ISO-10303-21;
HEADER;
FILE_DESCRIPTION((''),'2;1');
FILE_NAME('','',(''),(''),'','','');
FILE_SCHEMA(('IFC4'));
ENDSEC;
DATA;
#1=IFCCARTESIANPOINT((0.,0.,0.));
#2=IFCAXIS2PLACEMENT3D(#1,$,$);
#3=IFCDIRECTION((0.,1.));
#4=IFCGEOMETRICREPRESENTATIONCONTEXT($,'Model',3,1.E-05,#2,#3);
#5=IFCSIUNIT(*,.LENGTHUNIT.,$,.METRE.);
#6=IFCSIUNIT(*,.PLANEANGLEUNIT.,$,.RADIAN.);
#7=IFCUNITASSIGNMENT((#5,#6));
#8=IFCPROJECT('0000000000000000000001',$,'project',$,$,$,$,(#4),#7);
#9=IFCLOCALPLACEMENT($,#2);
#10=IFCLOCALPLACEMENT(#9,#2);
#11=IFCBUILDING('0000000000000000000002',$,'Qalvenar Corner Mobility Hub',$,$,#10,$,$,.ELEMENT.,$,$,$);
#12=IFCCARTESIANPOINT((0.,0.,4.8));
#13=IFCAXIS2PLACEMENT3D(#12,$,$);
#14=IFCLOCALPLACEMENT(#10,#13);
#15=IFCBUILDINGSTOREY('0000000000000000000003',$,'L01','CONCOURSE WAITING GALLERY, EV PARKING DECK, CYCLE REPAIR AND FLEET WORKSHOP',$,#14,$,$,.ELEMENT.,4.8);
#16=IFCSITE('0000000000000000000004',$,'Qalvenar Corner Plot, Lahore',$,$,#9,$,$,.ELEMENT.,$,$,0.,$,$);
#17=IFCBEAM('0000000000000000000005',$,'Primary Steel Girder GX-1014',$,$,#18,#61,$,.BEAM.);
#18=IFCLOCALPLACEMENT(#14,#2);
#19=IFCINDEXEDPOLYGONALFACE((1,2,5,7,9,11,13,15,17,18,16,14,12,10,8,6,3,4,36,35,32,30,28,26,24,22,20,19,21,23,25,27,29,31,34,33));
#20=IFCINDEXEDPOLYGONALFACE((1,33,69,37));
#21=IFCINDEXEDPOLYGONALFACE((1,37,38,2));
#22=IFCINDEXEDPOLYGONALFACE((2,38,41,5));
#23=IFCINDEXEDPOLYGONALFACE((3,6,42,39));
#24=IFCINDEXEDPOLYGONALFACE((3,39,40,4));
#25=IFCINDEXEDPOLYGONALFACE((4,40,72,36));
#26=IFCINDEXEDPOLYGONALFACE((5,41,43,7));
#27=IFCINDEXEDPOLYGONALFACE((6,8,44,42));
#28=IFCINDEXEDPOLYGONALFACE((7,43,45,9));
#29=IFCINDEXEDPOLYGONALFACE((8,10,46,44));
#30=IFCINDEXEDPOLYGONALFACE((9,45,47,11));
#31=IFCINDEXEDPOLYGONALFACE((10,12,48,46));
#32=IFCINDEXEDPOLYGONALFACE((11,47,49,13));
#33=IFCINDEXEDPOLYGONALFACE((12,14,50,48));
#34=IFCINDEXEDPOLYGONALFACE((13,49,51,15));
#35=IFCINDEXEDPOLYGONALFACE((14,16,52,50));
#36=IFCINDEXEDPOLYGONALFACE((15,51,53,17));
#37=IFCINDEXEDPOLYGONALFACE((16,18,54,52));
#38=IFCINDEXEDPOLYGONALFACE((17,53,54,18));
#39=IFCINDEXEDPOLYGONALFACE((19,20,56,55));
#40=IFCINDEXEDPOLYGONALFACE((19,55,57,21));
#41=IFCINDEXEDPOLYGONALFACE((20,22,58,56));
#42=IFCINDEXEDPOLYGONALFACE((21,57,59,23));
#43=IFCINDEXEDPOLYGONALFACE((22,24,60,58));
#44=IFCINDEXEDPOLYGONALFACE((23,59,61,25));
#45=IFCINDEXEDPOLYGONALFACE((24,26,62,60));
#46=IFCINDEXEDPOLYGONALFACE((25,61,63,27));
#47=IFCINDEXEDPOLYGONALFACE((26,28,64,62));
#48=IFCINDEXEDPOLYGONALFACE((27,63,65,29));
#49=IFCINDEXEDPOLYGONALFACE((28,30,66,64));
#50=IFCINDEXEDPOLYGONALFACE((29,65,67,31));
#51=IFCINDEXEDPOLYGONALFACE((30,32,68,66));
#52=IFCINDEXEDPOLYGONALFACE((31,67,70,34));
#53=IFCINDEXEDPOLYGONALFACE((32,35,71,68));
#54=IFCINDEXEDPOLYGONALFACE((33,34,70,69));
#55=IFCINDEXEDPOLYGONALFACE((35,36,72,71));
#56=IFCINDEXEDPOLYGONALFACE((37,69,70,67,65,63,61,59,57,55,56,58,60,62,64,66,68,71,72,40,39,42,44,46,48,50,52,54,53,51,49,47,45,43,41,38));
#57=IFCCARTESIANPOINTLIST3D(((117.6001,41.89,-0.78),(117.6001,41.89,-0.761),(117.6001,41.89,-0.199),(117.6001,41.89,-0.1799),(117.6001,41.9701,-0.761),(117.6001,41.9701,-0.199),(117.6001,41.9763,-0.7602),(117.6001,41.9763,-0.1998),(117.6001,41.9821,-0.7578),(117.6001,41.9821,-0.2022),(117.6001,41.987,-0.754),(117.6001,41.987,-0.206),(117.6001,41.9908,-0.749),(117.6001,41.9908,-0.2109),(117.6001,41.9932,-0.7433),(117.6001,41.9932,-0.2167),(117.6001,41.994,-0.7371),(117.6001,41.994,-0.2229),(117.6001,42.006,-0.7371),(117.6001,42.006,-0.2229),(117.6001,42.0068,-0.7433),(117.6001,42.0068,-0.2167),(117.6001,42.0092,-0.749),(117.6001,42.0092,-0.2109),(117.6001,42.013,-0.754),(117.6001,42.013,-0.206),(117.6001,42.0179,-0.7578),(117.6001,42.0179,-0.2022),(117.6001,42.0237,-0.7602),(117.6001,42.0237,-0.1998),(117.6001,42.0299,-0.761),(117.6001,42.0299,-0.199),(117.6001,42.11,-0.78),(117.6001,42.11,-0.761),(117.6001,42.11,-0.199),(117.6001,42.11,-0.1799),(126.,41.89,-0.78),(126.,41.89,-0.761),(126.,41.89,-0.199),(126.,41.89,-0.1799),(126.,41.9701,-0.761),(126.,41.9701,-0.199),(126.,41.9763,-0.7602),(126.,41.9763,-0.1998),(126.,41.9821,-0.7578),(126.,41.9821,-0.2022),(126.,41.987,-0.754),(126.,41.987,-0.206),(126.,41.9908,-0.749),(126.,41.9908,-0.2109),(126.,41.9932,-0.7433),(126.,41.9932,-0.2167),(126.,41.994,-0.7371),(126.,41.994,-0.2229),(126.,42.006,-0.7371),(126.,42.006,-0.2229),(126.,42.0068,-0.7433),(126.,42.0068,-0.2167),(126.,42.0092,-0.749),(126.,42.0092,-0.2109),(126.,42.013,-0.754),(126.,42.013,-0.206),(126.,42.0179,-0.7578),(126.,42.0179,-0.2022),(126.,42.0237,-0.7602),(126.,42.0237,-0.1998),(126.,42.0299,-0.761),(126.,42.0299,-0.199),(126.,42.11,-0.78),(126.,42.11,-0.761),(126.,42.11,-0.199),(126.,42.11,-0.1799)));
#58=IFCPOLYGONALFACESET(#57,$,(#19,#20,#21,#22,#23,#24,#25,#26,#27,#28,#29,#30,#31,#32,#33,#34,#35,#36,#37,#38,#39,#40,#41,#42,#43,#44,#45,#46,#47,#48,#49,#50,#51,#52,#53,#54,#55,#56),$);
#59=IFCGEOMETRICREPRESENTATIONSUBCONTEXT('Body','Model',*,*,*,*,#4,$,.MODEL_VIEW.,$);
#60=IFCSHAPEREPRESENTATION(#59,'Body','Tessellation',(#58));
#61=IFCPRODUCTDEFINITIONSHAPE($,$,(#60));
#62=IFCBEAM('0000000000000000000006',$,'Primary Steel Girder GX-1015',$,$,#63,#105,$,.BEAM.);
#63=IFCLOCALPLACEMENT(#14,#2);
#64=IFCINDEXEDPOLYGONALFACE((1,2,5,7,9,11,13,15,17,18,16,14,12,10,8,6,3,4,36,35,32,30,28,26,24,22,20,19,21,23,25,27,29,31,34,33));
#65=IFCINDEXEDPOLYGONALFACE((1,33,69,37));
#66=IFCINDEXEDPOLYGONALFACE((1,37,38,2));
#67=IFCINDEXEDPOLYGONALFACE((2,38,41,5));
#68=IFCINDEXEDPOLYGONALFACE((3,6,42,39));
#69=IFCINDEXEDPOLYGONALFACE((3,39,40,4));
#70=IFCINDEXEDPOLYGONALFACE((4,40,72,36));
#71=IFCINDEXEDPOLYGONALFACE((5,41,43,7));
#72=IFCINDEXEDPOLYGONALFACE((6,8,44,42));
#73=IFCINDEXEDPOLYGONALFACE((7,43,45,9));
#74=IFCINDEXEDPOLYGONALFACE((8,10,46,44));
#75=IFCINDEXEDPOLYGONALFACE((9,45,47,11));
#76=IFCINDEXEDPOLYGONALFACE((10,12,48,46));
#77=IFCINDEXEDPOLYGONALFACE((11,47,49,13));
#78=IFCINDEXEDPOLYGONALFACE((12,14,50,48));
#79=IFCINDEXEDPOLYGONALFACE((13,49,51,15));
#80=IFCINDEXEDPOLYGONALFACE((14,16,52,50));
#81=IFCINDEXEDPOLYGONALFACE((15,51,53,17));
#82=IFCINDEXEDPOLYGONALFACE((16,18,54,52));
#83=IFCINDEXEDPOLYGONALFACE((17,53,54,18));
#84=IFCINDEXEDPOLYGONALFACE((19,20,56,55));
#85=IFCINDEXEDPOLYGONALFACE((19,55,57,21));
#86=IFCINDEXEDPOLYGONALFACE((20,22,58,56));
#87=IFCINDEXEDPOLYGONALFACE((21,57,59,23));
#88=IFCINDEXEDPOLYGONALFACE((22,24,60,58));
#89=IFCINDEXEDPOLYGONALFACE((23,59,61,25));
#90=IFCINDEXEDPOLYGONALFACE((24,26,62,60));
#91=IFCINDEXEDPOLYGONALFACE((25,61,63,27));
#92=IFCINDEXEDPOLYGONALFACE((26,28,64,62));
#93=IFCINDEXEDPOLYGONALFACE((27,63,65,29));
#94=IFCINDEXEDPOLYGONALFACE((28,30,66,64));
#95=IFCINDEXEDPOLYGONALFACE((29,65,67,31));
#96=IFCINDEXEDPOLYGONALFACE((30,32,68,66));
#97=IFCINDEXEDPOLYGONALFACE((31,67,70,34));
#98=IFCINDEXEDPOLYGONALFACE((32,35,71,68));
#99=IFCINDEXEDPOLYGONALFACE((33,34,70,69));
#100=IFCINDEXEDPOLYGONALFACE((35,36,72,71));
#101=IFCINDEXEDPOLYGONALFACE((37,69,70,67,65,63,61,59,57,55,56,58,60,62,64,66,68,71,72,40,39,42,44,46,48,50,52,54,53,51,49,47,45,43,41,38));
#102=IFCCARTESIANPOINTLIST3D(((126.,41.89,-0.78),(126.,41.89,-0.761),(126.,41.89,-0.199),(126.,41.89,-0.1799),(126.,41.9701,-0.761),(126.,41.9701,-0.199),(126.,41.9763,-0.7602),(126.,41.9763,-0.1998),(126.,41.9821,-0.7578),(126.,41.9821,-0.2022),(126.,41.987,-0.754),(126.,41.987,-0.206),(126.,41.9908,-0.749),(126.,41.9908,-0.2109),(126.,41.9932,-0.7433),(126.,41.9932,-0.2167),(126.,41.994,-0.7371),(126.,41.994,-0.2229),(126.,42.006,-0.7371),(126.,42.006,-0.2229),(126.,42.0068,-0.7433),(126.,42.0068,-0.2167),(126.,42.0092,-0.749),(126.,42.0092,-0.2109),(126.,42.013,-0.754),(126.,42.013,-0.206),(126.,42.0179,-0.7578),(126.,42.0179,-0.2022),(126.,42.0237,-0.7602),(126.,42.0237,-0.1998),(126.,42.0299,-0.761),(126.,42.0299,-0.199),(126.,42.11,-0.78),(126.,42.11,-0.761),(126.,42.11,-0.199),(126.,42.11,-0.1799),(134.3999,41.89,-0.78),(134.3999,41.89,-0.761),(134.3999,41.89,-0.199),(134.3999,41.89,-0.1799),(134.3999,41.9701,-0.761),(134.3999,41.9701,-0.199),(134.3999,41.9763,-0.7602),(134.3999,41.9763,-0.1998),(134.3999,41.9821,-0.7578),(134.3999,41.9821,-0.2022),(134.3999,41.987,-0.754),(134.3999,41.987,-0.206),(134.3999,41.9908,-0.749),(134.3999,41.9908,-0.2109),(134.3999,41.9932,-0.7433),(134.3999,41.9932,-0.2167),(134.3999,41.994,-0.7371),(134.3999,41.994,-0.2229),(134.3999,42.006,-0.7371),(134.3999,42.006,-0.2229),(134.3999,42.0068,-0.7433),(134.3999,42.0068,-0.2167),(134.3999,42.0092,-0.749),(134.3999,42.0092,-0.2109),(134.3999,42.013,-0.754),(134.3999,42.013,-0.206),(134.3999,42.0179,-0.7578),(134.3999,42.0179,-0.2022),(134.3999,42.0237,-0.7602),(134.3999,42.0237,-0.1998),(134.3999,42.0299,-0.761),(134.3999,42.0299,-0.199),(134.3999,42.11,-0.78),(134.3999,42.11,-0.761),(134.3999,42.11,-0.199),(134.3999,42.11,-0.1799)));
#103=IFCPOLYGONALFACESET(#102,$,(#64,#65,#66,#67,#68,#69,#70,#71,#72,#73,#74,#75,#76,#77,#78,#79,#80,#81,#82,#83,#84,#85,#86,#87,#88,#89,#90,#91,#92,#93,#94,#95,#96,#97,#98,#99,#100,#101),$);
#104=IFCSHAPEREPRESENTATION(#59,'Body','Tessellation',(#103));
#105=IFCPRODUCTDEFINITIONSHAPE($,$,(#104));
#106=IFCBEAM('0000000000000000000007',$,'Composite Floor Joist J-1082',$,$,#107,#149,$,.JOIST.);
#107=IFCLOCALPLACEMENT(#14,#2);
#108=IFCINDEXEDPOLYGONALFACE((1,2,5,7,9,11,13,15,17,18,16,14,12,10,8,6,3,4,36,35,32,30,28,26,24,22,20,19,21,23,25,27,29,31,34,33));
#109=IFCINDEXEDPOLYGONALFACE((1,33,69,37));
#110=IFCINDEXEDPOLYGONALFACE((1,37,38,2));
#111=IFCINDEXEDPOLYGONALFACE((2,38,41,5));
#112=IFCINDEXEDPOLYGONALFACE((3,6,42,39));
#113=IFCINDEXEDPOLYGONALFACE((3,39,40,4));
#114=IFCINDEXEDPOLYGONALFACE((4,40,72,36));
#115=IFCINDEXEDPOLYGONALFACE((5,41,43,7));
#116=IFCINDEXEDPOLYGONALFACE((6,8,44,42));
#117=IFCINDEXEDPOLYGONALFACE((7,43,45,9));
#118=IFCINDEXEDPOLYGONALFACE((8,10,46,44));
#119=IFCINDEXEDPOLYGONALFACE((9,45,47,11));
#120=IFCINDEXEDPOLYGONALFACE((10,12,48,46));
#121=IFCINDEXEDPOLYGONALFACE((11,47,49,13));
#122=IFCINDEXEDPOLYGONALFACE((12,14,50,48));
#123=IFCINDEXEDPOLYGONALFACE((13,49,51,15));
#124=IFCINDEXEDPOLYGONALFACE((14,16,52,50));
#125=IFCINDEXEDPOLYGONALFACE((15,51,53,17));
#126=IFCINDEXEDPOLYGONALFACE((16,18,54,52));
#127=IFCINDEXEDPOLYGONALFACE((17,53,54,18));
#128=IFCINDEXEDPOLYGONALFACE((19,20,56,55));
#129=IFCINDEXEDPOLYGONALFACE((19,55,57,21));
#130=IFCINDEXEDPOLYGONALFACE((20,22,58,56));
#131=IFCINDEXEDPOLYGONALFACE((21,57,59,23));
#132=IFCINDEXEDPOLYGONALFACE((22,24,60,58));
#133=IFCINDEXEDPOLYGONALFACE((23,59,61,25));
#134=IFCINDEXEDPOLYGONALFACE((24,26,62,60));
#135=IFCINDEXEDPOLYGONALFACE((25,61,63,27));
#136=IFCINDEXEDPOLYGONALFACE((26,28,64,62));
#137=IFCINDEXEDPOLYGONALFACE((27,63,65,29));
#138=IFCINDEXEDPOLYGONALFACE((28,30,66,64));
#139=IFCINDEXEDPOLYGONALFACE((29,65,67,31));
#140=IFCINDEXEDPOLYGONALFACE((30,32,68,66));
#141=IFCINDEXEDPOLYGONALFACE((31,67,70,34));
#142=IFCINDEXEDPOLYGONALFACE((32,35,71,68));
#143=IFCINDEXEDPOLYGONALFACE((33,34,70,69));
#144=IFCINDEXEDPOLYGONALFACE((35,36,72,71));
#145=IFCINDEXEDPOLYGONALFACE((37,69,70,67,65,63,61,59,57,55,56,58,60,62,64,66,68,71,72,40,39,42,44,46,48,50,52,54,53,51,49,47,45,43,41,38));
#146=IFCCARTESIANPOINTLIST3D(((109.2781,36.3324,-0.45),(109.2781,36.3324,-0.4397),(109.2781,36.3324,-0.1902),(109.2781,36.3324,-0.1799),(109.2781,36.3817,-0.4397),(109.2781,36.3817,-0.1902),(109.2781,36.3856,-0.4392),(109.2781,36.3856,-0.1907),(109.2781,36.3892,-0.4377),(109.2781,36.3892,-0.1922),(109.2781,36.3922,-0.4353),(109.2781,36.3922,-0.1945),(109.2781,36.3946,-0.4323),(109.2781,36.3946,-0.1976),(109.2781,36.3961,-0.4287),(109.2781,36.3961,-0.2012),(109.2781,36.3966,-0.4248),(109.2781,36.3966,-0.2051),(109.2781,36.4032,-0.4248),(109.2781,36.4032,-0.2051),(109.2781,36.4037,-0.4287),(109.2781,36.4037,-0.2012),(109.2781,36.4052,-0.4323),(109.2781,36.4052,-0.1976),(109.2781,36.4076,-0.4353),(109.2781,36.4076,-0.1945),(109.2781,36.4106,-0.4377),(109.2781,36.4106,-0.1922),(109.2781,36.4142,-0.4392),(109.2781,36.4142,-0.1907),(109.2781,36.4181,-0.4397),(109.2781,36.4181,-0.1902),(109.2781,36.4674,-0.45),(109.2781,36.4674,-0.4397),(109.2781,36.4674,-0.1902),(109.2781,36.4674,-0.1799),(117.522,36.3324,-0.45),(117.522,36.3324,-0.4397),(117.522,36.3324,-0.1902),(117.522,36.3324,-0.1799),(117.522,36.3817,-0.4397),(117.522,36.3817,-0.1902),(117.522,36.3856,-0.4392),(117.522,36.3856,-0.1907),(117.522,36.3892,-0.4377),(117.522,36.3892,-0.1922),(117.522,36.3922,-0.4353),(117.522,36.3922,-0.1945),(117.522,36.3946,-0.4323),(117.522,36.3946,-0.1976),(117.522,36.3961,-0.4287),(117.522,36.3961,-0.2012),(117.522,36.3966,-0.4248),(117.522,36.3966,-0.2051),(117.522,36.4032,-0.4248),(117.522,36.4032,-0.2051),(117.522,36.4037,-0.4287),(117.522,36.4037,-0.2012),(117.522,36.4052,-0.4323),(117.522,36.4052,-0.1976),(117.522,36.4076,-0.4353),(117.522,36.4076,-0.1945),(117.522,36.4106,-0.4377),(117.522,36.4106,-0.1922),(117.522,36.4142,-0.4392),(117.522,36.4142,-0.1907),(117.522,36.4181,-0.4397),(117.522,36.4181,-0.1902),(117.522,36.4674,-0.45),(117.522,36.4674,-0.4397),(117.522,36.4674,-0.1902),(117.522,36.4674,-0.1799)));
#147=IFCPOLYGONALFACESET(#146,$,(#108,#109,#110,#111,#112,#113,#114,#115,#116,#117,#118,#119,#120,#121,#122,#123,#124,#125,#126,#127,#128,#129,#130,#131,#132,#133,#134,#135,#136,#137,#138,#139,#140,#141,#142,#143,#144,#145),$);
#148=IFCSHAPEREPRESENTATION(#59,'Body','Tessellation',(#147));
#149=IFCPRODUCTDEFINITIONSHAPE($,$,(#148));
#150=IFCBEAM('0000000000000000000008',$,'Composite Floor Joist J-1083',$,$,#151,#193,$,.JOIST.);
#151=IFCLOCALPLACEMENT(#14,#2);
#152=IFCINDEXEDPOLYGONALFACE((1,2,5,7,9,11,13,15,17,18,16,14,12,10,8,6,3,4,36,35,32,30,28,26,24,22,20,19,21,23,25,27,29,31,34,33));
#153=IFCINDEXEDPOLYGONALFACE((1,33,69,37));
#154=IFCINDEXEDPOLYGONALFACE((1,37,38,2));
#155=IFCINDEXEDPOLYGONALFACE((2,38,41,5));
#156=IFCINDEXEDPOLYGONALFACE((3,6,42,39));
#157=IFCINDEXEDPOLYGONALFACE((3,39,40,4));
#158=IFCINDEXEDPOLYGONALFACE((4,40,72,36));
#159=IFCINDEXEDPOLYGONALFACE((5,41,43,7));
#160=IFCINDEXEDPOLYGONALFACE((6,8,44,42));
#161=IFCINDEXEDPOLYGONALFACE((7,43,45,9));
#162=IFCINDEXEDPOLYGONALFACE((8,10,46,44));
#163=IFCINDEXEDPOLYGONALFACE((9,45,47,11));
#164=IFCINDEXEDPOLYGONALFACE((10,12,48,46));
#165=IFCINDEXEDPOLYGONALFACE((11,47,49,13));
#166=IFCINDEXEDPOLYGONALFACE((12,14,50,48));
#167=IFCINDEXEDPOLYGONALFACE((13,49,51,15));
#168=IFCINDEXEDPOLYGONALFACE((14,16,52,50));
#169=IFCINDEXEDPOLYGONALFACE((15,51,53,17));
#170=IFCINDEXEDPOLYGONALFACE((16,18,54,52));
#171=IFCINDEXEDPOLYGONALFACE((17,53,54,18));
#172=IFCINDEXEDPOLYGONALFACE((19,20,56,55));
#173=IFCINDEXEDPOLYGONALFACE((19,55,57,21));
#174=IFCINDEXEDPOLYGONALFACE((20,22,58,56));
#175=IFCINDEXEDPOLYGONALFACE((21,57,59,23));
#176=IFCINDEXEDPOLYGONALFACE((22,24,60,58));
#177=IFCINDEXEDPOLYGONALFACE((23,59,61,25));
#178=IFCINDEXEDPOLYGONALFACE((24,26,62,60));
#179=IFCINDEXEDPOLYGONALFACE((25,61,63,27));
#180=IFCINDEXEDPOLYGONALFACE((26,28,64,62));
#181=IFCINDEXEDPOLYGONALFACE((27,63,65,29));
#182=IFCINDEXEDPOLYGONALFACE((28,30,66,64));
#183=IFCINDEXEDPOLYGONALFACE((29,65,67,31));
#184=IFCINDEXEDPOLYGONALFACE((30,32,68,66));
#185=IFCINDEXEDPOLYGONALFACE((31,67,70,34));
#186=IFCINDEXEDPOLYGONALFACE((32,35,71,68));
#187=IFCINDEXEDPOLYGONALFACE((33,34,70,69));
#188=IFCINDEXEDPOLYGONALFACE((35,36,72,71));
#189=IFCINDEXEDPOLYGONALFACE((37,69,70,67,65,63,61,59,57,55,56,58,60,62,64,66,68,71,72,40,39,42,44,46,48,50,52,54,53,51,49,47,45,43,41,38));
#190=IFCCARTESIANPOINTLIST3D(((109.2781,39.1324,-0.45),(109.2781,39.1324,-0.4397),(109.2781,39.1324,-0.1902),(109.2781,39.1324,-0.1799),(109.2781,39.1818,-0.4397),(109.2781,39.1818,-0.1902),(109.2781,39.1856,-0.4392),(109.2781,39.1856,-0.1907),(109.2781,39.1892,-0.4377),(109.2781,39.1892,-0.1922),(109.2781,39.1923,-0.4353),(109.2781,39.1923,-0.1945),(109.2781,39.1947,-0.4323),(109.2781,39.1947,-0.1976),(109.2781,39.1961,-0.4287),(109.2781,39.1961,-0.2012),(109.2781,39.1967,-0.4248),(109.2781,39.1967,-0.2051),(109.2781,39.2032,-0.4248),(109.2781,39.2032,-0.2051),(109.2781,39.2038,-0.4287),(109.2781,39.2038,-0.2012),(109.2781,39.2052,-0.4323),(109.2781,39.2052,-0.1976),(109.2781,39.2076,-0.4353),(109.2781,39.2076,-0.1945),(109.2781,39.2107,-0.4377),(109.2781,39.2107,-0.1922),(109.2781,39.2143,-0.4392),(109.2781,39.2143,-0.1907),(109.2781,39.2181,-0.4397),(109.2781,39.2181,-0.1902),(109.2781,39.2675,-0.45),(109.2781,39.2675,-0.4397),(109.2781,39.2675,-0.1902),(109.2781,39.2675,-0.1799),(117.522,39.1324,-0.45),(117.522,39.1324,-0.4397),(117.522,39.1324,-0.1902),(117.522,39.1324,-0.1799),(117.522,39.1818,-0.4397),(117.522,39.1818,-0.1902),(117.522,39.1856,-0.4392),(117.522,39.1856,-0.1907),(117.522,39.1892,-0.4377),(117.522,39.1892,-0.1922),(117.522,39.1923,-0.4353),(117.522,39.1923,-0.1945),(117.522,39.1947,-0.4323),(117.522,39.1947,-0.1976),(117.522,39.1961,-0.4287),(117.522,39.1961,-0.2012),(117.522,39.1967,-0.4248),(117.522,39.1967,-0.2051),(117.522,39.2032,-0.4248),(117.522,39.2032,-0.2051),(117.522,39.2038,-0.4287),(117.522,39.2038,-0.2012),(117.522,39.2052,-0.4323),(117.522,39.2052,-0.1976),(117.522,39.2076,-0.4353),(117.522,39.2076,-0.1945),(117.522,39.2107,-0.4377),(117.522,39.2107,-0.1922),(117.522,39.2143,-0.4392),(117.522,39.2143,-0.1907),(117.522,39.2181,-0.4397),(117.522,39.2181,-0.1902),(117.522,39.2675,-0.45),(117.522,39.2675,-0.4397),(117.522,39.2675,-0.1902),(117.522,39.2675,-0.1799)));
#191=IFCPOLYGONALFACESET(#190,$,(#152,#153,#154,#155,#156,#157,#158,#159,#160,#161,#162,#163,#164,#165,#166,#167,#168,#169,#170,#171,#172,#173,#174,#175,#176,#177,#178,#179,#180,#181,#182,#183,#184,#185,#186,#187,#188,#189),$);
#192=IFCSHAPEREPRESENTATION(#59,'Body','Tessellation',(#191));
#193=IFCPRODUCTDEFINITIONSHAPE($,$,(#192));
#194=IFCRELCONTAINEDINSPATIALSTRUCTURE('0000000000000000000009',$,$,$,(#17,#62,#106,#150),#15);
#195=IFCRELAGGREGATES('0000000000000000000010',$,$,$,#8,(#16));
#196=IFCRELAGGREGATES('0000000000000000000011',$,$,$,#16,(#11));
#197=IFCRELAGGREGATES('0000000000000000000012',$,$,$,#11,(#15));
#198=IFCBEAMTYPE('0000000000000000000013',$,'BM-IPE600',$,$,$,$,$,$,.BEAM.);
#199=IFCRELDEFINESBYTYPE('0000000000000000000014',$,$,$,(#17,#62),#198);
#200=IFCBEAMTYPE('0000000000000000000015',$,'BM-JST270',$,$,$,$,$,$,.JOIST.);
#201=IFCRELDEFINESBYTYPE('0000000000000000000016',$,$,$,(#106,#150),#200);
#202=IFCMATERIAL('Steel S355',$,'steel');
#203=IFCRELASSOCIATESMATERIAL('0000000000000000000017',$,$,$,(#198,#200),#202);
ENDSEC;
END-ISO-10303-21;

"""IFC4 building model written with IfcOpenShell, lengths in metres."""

from ifc_helpers import new_model, si_unit, direction, frame, origin, origin_2d, place, context, subcontext, project, spatial, i_section, extrude, material, material_profile, profile_set, type_object, element, save


model = new_model("IFC4")

# Units and contexts
model_context = context("Model", 3, precision=1e-05, world=origin(), true_north=direction((0.0, 1.0)))
body_context = subcontext(model_context, "Body", "Model", "MODEL_VIEW")
ifc_project = project(units=[si_unit("LENGTHUNIT", "METRE"), si_unit("PLANEANGLEUNIT", "RADIAN")], contexts=[model_context])

# Site, building, storey
site_placement = place(None, origin())
site = spatial("IfcSite", under=ifc_project, at=site_placement, Name="Qalvenar Corner Plot, Lahore", CompositionType="ELEMENT", RefElevation=0.0)
building_placement = place(site_placement, origin())
building = spatial("IfcBuilding", under=site, at=building_placement, Name="Qalvenar Corner Mobility Hub", CompositionType="ELEMENT")
storey_placement = place(building_placement, frame((0.0, 0.0, 4.8)))
storey = spatial("IfcBuildingStorey", under=building, at=storey_placement, Name="L01", Description="CONCOURSE WAITING GALLERY, EV PARKING DECK, CYCLE REPAIR AND FLEET WORKSHOP", CompositionType="ELEMENT", Elevation=4.8)

# Shared definitions
ifc_material_1 = material(Name="Steel S355", Category="steel")

# Beams
ifc_material_profile_1 = material_profile(ifc_material_1, i_section(OverallWidth=0.22, OverallDepth=0.6001, WebThickness=0.012, FlangeThickness=0.019, FilletRadius=0.0239, at=origin_2d()), Name="IPE600")
ifc_profile_set_1 = profile_set([ifc_material_profile_1], Name="Steel S355")
beam_type_1 = type_object("IfcBeamType", Name="BM-IPE600", PredefinedType="BEAM", material=ifc_profile_set_1)
for number, where, z_axis, x_axis, name in (
    (1, (117.6001, 42.0, -0.48), (1.0, 0.0, 0.0), (0.0, 1.0, 0.0), "Primary Steel Girder GX-1014"),
    (2, (126.0, 42.0, -0.48), (1.0, 0.0, 0.0), (0.0, 1.0, 0.0), "Primary Steel Girder GX-1015"),
):
    element("IfcBeam", number, at=place(storey_placement, frame(where, z_axis=z_axis, x_axis=x_axis)), inside=storey, type_object=beam_type_1, Name=name, PredefinedType="BEAM", context=body_context, shape_type="SweptSolid", body=[
        extrude(i_section(OverallWidth=0.22, OverallDepth=0.6001, WebThickness=0.012, FlangeThickness=0.019, FilletRadius=0.0239, at=origin_2d()), origin(), (0.0, 0.0, 1.0), 8.3999),
    ])
ifc_material_profile_2 = material_profile(ifc_material_1, i_section(OverallWidth=0.135, OverallDepth=0.27, WebThickness=0.0066, FlangeThickness=0.0103, FilletRadius=0.0149, at=origin_2d()), Name="IPE270")
ifc_profile_set_2 = profile_set([ifc_material_profile_2], Name="Steel S355")
beam_type_2 = type_object("IfcBeamType", Name="BM-JST270", PredefinedType="JOIST", material=ifc_profile_set_2)
for number, where, z_axis, x_axis, name in (
    (3, (109.2781, 36.3999, -0.3149), (1.0, 0.0, 0.0), (0.0, 1.0, 0.0), "Composite Floor Joist J-1082"),
    (4, (109.2781, 39.2, -0.3149), (1.0, 0.0, 0.0), (0.0, 1.0, 0.0), "Composite Floor Joist J-1083"),
):
    element("IfcBeam", number, at=place(storey_placement, frame(where, z_axis=z_axis, x_axis=x_axis)), inside=storey, type_object=beam_type_2, Name=name, PredefinedType="JOIST", context=body_context, shape_type="SweptSolid", body=[
        extrude(i_section(OverallWidth=0.135, OverallDepth=0.27, WebThickness=0.0066, FlangeThickness=0.0103, FilletRadius=0.0149, at=origin_2d()), origin(), (0.0, 0.0, 1.0), 8.2439),
    ])

save(model, "model.ifc")
